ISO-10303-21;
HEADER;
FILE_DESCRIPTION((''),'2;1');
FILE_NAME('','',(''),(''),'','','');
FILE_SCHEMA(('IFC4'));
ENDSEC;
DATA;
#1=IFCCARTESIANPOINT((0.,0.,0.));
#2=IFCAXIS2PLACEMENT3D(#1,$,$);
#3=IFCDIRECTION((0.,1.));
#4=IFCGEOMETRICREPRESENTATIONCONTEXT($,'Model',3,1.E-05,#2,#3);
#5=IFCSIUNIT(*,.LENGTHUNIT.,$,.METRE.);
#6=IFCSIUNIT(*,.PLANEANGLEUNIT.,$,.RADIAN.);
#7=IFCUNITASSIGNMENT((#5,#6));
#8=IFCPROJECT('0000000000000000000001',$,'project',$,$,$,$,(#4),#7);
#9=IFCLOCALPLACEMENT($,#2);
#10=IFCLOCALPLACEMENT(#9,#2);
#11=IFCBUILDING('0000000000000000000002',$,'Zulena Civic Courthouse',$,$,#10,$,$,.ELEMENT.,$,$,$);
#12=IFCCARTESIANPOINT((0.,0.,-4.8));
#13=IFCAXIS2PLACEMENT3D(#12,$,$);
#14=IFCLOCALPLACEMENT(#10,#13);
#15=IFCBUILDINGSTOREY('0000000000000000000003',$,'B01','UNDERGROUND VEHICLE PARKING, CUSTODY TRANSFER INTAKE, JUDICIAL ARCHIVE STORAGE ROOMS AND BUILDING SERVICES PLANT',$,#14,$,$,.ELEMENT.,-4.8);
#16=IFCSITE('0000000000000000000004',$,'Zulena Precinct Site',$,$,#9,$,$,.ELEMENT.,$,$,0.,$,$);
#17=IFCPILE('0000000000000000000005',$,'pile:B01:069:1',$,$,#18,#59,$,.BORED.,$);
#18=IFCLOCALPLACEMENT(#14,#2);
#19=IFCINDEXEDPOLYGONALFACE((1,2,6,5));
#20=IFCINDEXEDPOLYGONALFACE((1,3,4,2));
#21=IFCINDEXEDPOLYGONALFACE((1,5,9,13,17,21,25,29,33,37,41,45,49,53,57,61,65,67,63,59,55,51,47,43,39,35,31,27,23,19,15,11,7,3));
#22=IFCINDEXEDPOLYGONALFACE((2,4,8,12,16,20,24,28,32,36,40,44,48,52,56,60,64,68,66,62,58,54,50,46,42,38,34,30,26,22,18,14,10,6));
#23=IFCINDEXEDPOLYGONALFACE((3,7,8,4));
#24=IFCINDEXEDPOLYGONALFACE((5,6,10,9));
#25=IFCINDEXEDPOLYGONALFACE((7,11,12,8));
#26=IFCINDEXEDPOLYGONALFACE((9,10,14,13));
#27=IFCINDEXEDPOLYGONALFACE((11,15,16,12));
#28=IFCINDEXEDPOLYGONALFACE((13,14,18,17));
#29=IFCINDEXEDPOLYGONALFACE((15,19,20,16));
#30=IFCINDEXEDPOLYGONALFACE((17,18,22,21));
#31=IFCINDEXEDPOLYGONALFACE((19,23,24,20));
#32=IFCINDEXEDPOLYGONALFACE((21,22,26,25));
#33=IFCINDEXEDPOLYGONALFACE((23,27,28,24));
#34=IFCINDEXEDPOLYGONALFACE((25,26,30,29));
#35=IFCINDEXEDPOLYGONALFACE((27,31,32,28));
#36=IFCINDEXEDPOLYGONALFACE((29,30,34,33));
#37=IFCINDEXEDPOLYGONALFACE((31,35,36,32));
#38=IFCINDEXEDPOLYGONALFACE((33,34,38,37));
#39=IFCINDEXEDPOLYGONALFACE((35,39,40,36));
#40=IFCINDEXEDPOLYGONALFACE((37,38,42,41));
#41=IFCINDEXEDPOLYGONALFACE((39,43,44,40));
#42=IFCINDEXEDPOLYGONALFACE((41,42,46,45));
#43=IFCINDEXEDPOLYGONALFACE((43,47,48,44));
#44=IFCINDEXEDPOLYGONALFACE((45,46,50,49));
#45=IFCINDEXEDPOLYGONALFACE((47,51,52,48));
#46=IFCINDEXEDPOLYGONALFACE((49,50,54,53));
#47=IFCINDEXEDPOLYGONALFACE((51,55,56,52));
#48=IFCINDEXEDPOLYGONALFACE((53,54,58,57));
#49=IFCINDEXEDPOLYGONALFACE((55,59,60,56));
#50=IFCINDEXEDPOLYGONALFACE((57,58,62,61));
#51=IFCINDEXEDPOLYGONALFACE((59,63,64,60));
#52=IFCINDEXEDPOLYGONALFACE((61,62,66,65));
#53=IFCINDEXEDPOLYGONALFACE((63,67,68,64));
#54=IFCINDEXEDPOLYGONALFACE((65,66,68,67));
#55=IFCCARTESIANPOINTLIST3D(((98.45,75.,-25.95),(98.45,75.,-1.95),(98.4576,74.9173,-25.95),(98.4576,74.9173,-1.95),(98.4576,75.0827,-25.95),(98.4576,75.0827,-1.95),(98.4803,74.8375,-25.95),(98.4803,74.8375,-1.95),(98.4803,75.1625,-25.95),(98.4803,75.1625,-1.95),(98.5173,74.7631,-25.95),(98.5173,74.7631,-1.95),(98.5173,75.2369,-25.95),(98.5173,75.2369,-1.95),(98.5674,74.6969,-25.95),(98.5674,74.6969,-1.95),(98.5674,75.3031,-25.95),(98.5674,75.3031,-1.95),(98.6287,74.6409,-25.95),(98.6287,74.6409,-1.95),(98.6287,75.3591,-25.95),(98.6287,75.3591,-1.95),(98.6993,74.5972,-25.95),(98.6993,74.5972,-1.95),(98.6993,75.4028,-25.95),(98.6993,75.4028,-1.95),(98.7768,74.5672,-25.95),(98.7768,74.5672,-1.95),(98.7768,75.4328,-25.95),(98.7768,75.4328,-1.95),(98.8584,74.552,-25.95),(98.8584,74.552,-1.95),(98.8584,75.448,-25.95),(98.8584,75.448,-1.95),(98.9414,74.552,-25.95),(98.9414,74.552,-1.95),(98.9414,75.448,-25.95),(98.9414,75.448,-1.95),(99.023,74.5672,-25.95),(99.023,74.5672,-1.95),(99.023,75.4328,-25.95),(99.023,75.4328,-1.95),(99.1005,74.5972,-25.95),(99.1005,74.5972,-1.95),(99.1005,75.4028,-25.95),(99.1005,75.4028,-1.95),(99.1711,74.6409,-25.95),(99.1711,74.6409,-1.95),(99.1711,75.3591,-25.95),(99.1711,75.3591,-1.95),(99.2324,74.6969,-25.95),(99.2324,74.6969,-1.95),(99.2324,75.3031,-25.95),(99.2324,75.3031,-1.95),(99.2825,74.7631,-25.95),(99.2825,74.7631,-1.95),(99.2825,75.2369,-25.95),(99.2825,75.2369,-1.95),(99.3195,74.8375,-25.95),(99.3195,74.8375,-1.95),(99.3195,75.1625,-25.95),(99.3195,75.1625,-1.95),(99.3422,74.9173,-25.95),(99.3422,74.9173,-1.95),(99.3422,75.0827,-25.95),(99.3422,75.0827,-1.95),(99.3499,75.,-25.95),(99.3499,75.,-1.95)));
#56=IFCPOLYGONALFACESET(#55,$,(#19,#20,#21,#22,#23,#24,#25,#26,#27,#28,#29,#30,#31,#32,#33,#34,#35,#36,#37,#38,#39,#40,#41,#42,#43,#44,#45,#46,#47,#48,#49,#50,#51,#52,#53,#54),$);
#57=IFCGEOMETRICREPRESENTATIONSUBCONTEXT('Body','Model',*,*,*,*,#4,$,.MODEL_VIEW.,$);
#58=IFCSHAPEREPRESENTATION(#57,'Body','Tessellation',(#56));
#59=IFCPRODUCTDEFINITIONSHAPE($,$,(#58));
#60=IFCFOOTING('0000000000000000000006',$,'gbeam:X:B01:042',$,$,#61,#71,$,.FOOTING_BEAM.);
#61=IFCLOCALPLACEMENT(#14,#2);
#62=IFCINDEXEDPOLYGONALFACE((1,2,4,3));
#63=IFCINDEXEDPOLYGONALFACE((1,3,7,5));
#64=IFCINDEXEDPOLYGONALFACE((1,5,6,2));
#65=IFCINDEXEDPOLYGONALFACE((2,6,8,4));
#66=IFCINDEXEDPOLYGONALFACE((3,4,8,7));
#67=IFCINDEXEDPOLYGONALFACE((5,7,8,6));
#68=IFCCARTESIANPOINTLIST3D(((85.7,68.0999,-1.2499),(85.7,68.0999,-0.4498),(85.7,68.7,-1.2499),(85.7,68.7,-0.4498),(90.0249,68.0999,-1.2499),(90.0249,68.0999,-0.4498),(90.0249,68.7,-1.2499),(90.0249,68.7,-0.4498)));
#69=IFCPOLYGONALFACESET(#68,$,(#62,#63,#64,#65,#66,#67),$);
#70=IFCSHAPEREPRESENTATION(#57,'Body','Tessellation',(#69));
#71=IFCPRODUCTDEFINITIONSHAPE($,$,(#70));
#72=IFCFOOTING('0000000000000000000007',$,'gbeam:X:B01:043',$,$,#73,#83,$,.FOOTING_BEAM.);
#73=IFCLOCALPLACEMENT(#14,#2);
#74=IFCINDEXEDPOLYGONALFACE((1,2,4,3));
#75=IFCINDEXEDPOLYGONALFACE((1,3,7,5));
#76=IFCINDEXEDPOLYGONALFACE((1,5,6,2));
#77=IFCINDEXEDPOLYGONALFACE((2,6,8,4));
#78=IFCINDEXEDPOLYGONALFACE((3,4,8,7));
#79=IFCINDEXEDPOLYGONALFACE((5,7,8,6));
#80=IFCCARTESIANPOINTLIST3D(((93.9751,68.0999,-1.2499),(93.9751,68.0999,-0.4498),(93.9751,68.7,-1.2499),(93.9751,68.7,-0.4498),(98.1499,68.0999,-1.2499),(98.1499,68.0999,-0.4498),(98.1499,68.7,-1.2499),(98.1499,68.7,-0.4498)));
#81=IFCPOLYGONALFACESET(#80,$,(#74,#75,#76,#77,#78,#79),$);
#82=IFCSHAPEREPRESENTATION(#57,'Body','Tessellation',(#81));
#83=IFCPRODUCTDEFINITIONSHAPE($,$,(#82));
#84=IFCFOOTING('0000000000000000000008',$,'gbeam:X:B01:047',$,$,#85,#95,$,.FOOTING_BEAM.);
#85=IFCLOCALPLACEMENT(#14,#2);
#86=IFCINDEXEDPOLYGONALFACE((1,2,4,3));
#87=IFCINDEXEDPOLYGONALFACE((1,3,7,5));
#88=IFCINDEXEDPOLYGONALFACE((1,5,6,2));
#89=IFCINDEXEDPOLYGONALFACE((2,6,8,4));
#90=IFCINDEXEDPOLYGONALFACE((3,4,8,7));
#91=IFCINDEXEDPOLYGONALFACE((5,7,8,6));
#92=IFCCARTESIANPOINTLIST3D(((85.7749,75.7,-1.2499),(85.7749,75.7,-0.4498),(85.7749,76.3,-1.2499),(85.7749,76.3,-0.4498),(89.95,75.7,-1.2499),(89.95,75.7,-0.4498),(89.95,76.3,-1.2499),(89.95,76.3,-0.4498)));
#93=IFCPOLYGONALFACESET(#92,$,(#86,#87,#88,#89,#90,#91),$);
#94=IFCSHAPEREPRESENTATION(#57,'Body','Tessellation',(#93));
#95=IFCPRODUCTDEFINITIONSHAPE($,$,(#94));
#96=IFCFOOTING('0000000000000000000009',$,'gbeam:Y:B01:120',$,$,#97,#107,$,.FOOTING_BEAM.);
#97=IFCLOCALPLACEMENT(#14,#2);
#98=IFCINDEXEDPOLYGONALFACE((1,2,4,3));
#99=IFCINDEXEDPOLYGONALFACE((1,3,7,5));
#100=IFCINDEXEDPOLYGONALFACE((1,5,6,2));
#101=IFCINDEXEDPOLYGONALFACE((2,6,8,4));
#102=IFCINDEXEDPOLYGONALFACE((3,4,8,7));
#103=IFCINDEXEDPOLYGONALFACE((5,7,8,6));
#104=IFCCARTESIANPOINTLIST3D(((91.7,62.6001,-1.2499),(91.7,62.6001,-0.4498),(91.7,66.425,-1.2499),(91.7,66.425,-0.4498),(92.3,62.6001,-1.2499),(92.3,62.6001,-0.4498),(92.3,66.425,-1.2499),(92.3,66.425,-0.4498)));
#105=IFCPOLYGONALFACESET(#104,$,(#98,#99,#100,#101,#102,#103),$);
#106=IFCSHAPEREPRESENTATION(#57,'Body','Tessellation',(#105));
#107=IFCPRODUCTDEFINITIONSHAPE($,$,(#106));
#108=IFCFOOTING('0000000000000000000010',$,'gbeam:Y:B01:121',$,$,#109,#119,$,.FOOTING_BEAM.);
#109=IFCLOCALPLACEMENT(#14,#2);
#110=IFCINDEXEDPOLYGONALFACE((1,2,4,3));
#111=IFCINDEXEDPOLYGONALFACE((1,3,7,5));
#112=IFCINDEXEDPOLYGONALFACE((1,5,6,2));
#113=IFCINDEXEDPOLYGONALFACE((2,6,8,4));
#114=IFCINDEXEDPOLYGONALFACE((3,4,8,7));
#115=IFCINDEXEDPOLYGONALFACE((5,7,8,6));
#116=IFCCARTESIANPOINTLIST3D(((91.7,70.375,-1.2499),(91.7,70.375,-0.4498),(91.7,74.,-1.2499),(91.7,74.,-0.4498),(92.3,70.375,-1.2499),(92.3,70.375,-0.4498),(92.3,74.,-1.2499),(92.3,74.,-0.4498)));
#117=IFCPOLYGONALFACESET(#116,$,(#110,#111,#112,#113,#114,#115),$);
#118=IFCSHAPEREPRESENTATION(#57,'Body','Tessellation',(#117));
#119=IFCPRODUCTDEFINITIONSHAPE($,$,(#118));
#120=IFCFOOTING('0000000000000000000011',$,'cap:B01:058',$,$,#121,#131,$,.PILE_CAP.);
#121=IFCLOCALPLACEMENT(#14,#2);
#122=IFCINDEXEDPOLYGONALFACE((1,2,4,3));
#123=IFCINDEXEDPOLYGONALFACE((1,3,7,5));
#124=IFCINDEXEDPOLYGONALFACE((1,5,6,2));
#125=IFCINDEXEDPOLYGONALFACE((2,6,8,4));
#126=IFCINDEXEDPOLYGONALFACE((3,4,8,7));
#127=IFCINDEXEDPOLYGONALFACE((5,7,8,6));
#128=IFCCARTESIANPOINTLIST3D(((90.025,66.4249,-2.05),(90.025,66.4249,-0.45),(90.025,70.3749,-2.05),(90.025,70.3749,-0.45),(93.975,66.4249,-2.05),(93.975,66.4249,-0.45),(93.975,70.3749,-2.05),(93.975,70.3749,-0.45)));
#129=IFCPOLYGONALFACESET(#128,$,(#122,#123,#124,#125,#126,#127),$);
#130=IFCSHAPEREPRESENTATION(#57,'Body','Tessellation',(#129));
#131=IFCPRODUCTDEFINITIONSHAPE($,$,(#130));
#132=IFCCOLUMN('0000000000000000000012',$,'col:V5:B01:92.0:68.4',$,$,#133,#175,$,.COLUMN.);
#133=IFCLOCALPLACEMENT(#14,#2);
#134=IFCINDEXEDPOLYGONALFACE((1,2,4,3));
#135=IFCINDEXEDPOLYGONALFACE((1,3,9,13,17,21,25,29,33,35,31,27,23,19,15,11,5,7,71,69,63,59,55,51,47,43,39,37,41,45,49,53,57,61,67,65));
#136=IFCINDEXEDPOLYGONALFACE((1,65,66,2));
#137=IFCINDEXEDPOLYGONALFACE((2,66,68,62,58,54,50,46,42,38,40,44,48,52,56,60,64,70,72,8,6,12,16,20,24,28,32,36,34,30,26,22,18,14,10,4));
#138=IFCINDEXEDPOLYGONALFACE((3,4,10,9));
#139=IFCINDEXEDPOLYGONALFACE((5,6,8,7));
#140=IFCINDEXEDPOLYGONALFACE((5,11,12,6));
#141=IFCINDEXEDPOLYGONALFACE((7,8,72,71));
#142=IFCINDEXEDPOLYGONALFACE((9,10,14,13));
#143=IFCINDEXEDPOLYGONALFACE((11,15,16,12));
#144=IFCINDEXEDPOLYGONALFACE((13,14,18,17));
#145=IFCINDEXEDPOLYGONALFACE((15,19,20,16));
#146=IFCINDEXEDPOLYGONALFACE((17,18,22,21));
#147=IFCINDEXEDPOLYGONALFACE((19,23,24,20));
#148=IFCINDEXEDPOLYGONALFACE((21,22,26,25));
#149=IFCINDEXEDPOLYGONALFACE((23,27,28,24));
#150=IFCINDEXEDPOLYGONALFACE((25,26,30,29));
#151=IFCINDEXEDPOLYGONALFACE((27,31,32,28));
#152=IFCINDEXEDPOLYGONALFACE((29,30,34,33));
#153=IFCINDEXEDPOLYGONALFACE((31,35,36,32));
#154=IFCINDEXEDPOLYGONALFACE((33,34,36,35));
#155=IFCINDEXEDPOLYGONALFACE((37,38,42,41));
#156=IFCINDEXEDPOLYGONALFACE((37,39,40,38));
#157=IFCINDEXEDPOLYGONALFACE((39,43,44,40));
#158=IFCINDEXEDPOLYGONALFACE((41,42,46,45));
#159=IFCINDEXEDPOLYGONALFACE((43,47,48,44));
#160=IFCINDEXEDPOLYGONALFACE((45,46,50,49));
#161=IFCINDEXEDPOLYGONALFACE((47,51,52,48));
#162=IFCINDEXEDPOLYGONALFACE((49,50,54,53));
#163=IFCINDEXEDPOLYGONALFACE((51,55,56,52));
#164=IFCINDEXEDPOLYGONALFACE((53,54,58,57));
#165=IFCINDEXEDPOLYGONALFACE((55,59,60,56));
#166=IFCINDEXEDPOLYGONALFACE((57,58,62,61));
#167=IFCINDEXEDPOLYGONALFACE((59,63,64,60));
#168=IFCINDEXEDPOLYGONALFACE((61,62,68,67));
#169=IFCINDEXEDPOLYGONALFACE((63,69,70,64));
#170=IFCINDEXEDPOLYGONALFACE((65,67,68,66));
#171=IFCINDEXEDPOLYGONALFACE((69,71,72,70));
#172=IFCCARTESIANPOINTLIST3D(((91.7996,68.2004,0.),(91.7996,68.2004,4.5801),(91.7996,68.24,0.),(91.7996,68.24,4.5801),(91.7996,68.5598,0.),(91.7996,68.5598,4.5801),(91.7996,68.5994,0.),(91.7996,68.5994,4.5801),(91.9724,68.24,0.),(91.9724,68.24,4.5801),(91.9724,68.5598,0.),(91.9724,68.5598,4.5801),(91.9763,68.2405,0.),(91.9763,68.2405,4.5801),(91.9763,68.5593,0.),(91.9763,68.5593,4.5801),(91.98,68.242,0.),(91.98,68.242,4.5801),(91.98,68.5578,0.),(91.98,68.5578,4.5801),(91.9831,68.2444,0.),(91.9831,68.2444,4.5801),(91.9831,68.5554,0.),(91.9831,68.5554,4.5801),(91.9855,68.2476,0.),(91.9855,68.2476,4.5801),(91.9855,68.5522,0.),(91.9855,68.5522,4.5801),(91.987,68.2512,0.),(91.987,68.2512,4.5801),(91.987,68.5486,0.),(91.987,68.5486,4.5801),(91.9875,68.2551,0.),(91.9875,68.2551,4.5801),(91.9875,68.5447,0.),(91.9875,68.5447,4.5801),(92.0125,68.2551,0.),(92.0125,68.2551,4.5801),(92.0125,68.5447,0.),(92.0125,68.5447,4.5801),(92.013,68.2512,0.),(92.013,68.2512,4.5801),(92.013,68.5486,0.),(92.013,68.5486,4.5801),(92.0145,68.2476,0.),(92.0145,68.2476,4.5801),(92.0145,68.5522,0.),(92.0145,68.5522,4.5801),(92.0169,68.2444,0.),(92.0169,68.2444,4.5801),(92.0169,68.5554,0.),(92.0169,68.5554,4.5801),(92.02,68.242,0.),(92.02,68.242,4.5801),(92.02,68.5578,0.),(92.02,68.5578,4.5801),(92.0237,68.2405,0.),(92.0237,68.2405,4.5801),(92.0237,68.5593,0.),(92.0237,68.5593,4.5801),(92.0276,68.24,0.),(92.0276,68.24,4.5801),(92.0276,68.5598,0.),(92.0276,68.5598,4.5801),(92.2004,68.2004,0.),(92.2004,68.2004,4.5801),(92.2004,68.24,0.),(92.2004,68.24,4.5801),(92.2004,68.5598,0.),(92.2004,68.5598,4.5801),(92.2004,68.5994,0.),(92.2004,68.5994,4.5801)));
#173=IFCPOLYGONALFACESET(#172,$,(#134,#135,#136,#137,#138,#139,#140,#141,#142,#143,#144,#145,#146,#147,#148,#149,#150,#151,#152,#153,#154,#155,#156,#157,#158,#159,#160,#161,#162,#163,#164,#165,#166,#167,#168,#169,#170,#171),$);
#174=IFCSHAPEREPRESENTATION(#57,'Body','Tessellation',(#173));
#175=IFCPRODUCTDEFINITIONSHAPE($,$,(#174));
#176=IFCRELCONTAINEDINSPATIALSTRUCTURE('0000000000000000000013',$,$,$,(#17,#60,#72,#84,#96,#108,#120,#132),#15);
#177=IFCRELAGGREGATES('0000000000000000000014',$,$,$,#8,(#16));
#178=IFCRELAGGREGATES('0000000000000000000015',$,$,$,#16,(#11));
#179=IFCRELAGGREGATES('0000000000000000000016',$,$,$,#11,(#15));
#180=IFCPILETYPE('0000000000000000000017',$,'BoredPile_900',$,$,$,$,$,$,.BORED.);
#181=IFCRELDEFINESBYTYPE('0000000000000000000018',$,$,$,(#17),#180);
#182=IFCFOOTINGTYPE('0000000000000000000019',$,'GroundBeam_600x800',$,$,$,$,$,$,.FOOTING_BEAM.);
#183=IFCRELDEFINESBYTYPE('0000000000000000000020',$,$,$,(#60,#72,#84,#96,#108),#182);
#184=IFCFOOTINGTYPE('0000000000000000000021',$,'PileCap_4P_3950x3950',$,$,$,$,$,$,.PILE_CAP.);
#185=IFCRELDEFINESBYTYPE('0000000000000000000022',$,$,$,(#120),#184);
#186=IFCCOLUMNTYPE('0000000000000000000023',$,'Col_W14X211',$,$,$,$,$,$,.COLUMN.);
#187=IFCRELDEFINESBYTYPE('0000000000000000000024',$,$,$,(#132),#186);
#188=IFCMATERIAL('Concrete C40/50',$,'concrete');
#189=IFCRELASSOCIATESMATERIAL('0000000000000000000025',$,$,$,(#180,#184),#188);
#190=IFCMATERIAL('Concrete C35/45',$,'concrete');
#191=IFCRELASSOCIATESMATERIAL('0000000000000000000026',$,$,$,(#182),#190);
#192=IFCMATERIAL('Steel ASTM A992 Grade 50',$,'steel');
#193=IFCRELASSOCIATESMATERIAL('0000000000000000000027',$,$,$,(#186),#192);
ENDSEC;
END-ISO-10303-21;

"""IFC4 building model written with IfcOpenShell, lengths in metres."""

from ifc_helpers import new_model, si_unit, direction, frame, origin, origin_2d, place, context, subcontext, project, spatial, rectangle, circle, i_section, extrude, material, material_profile, profile_set, type_object, element, save


model = new_model("IFC4")

# Units and contexts
model_context = context("Model", 3, precision=1e-05, world=origin(), true_north=direction((0.0, 1.0)))
body_context = subcontext(model_context, "Body", "Model", "MODEL_VIEW")
ifc_project = project(units=[si_unit("LENGTHUNIT", "METRE"), si_unit("PLANEANGLEUNIT", "RADIAN")], contexts=[model_context])

# Site, building, storey
site_placement = place(None, origin())
site = spatial("IfcSite", under=ifc_project, at=site_placement, Name="Zulena Precinct Site", CompositionType="ELEMENT", RefElevation=0.0)
building_placement = place(site_placement, origin())
building = spatial("IfcBuilding", under=site, at=building_placement, Name="Zulena Civic Courthouse", CompositionType="ELEMENT")
storey_placement = place(building_placement, frame((0.0, 0.0, -4.8)))
storey = spatial("IfcBuildingStorey", under=building, at=storey_placement, Name="B01", Description="UNDERGROUND VEHICLE PARKING, CUSTODY TRANSFER INTAKE, JUDICIAL ARCHIVE STORAGE ROOMS AND BUILDING SERVICES PLANT", CompositionType="ELEMENT", Elevation=-4.8)

# Pile
ifc_material_1 = material(Name="Concrete C40/50", Category="concrete")
ifc_material_profile_1 = material_profile(ifc_material_1, circle(Radius=0.45, at=origin_2d()), Name="PILE900")
ifc_profile_set_1 = profile_set([ifc_material_profile_1], Name="Concrete C40/50")
pile_type_1 = type_object("IfcPileType", Name="BoredPile_900", PredefinedType="BORED", material=ifc_profile_set_1)
for number, where, z_axis, x_axis, name in (
    (1, (98.8999, 75.0, -1.95), (0.0, 0.0, -1.0), (1.0, 0.0, 0.0), "pile:B01:069:1"),
):
    element("IfcPile", number, at=place(storey_placement, frame(where, z_axis=z_axis, x_axis=x_axis)), inside=storey, type_object=pile_type_1, Name=name, PredefinedType="BORED", context=body_context, shape_type="SweptSolid", body=[
        extrude(circle(Radius=0.45, at=origin_2d()), origin(), (0.0, 0.0, 1.0), 24.0),
    ])

# Footings
ifc_material_2 = material(Name="Concrete C35/45", Category="concrete")
ifc_material_profile_2 = material_profile(ifc_material_2, rectangle(XDim=0.6001, YDim=0.8, at=origin_2d()), Name="RC600X800")
ifc_profile_set_2 = profile_set([ifc_material_profile_2], Name="Concrete C35/45")
footing_type_1 = type_object("IfcFootingType", Name="GroundBeam_600x800", PredefinedType="FOOTING_BEAM", material=ifc_profile_set_2)
footing_1_placement = place(storey_placement, frame((85.7, 68.3999, -0.8499), z_axis=(1.0, 0.0, 0.0), x_axis=(0.0, 1.0, 0.0)))
element("IfcFooting", 2, at=footing_1_placement, inside=storey, type_object=footing_type_1, Name="gbeam:X:B01:042", PredefinedType="FOOTING_BEAM", context=body_context, shape_type="SweptSolid", body=[
    extrude(rectangle(XDim=0.6001, YDim=0.8, at=origin_2d()), origin(), (0.0, 0.0, 1.0), 4.325),
])
footing_2_placement = place(storey_placement, frame((93.9751, 68.3999, -0.8499), z_axis=(1.0, 0.0, 0.0), x_axis=(0.0, 1.0, 0.0)))
element("IfcFooting", 3, at=footing_2_placement, inside=storey, type_object=footing_type_1, Name="gbeam:X:B01:043", PredefinedType="FOOTING_BEAM", context=body_context, shape_type="SweptSolid", body=[
    extrude(rectangle(XDim=0.6001, YDim=0.8, at=origin_2d()), origin(), (0.0, 0.0, 1.0), 4.1748),
])
footing_3_placement = place(storey_placement, frame((85.7749, 76.0, -0.8499), z_axis=(1.0, 0.0, 0.0), x_axis=(0.0, 1.0, 0.0)))
element("IfcFooting", 4, at=footing_3_placement, inside=storey, type_object=footing_type_1, Name="gbeam:X:B01:047", PredefinedType="FOOTING_BEAM", context=body_context, shape_type="SweptSolid", body=[
    extrude(rectangle(XDim=0.6001, YDim=0.8, at=origin_2d()), origin(), (0.0, 0.0, 1.0), 4.175),
])
footing_4_placement = place(storey_placement, frame((92.0, 62.6001, -0.8499), z_axis=(0.0, 1.0, 0.0), x_axis=(-1.0, 0.0, 0.0)))
element("IfcFooting", 5, at=footing_4_placement, inside=storey, type_object=footing_type_1, Name="gbeam:Y:B01:120", PredefinedType="FOOTING_BEAM", context=body_context, shape_type="SweptSolid", body=[
    extrude(rectangle(XDim=0.6001, YDim=0.8, at=origin_2d()), origin(), (0.0, 0.0, 1.0), 3.825),
])
footing_5_placement = place(storey_placement, frame((92.0, 70.375, -0.8499), z_axis=(0.0, 1.0, 0.0), x_axis=(-1.0, 0.0, 0.0)))
element("IfcFooting", 6, at=footing_5_placement, inside=storey, type_object=footing_type_1, Name="gbeam:Y:B01:121", PredefinedType="FOOTING_BEAM", context=body_context, shape_type="SweptSolid", body=[
    extrude(rectangle(XDim=0.6001, YDim=0.8, at=origin_2d()), origin(), (0.0, 0.0, 1.0), 3.625),
])
footing_type_2 = type_object("IfcFootingType", Name="PileCap_4P_3950x3950", PredefinedType="PILE_CAP", material=ifc_material_1)
footing_6_placement = place(storey_placement, frame((92.0, 68.3999, -2.05), z_axis=(0.0, 0.0, 1.0), x_axis=(1.0, 0.0, 0.0)))
element("IfcFooting", 7, at=footing_6_placement, inside=storey, type_object=footing_type_2, Name="cap:B01:058", PredefinedType="PILE_CAP", context=body_context, shape_type="SweptSolid", body=[
    extrude(rectangle(XDim=3.95, YDim=3.95, at=origin_2d()), origin(), (0.0, 0.0, 1.0), 1.6001),
])

# Column
ifc_material_3 = material(Name="Steel ASTM A992 Grade 50", Category="steel")
ifc_material_profile_3 = material_profile(ifc_material_3, i_section(OverallWidth=0.4009, OverallDepth=0.3989, WebThickness=0.0249, FlangeThickness=0.0396, FilletRadius=0.0151, at=origin_2d()), Name="W14X211")
ifc_profile_set_3 = profile_set([ifc_material_profile_3], Name="Steel ASTM A992 Grade 50")
column_type = type_object("IfcColumnType", Name="Col_W14X211", PredefinedType="COLUMN", material=ifc_profile_set_3)
for number, where, z_axis, x_axis, name in (
    (8, (92.0, 68.3999, 0.0), (0.0, 0.0, 1.0), (1.0, 0.0, 0.0), "col:V5:B01:92.0:68.4"),
):
    element("IfcColumn", number, at=place(storey_placement, frame(where, z_axis=z_axis, x_axis=x_axis)), inside=storey, type_object=column_type, Name=name, PredefinedType="COLUMN", context=body_context, shape_type="SweptSolid", body=[
        extrude(i_section(OverallWidth=0.4009, OverallDepth=0.3989, WebThickness=0.0249, FlangeThickness=0.0396, FilletRadius=0.0151, at=origin_2d()), origin(), (0.0, 0.0, 1.0), 4.5801),
    ])

save(model, "model.ifc")
